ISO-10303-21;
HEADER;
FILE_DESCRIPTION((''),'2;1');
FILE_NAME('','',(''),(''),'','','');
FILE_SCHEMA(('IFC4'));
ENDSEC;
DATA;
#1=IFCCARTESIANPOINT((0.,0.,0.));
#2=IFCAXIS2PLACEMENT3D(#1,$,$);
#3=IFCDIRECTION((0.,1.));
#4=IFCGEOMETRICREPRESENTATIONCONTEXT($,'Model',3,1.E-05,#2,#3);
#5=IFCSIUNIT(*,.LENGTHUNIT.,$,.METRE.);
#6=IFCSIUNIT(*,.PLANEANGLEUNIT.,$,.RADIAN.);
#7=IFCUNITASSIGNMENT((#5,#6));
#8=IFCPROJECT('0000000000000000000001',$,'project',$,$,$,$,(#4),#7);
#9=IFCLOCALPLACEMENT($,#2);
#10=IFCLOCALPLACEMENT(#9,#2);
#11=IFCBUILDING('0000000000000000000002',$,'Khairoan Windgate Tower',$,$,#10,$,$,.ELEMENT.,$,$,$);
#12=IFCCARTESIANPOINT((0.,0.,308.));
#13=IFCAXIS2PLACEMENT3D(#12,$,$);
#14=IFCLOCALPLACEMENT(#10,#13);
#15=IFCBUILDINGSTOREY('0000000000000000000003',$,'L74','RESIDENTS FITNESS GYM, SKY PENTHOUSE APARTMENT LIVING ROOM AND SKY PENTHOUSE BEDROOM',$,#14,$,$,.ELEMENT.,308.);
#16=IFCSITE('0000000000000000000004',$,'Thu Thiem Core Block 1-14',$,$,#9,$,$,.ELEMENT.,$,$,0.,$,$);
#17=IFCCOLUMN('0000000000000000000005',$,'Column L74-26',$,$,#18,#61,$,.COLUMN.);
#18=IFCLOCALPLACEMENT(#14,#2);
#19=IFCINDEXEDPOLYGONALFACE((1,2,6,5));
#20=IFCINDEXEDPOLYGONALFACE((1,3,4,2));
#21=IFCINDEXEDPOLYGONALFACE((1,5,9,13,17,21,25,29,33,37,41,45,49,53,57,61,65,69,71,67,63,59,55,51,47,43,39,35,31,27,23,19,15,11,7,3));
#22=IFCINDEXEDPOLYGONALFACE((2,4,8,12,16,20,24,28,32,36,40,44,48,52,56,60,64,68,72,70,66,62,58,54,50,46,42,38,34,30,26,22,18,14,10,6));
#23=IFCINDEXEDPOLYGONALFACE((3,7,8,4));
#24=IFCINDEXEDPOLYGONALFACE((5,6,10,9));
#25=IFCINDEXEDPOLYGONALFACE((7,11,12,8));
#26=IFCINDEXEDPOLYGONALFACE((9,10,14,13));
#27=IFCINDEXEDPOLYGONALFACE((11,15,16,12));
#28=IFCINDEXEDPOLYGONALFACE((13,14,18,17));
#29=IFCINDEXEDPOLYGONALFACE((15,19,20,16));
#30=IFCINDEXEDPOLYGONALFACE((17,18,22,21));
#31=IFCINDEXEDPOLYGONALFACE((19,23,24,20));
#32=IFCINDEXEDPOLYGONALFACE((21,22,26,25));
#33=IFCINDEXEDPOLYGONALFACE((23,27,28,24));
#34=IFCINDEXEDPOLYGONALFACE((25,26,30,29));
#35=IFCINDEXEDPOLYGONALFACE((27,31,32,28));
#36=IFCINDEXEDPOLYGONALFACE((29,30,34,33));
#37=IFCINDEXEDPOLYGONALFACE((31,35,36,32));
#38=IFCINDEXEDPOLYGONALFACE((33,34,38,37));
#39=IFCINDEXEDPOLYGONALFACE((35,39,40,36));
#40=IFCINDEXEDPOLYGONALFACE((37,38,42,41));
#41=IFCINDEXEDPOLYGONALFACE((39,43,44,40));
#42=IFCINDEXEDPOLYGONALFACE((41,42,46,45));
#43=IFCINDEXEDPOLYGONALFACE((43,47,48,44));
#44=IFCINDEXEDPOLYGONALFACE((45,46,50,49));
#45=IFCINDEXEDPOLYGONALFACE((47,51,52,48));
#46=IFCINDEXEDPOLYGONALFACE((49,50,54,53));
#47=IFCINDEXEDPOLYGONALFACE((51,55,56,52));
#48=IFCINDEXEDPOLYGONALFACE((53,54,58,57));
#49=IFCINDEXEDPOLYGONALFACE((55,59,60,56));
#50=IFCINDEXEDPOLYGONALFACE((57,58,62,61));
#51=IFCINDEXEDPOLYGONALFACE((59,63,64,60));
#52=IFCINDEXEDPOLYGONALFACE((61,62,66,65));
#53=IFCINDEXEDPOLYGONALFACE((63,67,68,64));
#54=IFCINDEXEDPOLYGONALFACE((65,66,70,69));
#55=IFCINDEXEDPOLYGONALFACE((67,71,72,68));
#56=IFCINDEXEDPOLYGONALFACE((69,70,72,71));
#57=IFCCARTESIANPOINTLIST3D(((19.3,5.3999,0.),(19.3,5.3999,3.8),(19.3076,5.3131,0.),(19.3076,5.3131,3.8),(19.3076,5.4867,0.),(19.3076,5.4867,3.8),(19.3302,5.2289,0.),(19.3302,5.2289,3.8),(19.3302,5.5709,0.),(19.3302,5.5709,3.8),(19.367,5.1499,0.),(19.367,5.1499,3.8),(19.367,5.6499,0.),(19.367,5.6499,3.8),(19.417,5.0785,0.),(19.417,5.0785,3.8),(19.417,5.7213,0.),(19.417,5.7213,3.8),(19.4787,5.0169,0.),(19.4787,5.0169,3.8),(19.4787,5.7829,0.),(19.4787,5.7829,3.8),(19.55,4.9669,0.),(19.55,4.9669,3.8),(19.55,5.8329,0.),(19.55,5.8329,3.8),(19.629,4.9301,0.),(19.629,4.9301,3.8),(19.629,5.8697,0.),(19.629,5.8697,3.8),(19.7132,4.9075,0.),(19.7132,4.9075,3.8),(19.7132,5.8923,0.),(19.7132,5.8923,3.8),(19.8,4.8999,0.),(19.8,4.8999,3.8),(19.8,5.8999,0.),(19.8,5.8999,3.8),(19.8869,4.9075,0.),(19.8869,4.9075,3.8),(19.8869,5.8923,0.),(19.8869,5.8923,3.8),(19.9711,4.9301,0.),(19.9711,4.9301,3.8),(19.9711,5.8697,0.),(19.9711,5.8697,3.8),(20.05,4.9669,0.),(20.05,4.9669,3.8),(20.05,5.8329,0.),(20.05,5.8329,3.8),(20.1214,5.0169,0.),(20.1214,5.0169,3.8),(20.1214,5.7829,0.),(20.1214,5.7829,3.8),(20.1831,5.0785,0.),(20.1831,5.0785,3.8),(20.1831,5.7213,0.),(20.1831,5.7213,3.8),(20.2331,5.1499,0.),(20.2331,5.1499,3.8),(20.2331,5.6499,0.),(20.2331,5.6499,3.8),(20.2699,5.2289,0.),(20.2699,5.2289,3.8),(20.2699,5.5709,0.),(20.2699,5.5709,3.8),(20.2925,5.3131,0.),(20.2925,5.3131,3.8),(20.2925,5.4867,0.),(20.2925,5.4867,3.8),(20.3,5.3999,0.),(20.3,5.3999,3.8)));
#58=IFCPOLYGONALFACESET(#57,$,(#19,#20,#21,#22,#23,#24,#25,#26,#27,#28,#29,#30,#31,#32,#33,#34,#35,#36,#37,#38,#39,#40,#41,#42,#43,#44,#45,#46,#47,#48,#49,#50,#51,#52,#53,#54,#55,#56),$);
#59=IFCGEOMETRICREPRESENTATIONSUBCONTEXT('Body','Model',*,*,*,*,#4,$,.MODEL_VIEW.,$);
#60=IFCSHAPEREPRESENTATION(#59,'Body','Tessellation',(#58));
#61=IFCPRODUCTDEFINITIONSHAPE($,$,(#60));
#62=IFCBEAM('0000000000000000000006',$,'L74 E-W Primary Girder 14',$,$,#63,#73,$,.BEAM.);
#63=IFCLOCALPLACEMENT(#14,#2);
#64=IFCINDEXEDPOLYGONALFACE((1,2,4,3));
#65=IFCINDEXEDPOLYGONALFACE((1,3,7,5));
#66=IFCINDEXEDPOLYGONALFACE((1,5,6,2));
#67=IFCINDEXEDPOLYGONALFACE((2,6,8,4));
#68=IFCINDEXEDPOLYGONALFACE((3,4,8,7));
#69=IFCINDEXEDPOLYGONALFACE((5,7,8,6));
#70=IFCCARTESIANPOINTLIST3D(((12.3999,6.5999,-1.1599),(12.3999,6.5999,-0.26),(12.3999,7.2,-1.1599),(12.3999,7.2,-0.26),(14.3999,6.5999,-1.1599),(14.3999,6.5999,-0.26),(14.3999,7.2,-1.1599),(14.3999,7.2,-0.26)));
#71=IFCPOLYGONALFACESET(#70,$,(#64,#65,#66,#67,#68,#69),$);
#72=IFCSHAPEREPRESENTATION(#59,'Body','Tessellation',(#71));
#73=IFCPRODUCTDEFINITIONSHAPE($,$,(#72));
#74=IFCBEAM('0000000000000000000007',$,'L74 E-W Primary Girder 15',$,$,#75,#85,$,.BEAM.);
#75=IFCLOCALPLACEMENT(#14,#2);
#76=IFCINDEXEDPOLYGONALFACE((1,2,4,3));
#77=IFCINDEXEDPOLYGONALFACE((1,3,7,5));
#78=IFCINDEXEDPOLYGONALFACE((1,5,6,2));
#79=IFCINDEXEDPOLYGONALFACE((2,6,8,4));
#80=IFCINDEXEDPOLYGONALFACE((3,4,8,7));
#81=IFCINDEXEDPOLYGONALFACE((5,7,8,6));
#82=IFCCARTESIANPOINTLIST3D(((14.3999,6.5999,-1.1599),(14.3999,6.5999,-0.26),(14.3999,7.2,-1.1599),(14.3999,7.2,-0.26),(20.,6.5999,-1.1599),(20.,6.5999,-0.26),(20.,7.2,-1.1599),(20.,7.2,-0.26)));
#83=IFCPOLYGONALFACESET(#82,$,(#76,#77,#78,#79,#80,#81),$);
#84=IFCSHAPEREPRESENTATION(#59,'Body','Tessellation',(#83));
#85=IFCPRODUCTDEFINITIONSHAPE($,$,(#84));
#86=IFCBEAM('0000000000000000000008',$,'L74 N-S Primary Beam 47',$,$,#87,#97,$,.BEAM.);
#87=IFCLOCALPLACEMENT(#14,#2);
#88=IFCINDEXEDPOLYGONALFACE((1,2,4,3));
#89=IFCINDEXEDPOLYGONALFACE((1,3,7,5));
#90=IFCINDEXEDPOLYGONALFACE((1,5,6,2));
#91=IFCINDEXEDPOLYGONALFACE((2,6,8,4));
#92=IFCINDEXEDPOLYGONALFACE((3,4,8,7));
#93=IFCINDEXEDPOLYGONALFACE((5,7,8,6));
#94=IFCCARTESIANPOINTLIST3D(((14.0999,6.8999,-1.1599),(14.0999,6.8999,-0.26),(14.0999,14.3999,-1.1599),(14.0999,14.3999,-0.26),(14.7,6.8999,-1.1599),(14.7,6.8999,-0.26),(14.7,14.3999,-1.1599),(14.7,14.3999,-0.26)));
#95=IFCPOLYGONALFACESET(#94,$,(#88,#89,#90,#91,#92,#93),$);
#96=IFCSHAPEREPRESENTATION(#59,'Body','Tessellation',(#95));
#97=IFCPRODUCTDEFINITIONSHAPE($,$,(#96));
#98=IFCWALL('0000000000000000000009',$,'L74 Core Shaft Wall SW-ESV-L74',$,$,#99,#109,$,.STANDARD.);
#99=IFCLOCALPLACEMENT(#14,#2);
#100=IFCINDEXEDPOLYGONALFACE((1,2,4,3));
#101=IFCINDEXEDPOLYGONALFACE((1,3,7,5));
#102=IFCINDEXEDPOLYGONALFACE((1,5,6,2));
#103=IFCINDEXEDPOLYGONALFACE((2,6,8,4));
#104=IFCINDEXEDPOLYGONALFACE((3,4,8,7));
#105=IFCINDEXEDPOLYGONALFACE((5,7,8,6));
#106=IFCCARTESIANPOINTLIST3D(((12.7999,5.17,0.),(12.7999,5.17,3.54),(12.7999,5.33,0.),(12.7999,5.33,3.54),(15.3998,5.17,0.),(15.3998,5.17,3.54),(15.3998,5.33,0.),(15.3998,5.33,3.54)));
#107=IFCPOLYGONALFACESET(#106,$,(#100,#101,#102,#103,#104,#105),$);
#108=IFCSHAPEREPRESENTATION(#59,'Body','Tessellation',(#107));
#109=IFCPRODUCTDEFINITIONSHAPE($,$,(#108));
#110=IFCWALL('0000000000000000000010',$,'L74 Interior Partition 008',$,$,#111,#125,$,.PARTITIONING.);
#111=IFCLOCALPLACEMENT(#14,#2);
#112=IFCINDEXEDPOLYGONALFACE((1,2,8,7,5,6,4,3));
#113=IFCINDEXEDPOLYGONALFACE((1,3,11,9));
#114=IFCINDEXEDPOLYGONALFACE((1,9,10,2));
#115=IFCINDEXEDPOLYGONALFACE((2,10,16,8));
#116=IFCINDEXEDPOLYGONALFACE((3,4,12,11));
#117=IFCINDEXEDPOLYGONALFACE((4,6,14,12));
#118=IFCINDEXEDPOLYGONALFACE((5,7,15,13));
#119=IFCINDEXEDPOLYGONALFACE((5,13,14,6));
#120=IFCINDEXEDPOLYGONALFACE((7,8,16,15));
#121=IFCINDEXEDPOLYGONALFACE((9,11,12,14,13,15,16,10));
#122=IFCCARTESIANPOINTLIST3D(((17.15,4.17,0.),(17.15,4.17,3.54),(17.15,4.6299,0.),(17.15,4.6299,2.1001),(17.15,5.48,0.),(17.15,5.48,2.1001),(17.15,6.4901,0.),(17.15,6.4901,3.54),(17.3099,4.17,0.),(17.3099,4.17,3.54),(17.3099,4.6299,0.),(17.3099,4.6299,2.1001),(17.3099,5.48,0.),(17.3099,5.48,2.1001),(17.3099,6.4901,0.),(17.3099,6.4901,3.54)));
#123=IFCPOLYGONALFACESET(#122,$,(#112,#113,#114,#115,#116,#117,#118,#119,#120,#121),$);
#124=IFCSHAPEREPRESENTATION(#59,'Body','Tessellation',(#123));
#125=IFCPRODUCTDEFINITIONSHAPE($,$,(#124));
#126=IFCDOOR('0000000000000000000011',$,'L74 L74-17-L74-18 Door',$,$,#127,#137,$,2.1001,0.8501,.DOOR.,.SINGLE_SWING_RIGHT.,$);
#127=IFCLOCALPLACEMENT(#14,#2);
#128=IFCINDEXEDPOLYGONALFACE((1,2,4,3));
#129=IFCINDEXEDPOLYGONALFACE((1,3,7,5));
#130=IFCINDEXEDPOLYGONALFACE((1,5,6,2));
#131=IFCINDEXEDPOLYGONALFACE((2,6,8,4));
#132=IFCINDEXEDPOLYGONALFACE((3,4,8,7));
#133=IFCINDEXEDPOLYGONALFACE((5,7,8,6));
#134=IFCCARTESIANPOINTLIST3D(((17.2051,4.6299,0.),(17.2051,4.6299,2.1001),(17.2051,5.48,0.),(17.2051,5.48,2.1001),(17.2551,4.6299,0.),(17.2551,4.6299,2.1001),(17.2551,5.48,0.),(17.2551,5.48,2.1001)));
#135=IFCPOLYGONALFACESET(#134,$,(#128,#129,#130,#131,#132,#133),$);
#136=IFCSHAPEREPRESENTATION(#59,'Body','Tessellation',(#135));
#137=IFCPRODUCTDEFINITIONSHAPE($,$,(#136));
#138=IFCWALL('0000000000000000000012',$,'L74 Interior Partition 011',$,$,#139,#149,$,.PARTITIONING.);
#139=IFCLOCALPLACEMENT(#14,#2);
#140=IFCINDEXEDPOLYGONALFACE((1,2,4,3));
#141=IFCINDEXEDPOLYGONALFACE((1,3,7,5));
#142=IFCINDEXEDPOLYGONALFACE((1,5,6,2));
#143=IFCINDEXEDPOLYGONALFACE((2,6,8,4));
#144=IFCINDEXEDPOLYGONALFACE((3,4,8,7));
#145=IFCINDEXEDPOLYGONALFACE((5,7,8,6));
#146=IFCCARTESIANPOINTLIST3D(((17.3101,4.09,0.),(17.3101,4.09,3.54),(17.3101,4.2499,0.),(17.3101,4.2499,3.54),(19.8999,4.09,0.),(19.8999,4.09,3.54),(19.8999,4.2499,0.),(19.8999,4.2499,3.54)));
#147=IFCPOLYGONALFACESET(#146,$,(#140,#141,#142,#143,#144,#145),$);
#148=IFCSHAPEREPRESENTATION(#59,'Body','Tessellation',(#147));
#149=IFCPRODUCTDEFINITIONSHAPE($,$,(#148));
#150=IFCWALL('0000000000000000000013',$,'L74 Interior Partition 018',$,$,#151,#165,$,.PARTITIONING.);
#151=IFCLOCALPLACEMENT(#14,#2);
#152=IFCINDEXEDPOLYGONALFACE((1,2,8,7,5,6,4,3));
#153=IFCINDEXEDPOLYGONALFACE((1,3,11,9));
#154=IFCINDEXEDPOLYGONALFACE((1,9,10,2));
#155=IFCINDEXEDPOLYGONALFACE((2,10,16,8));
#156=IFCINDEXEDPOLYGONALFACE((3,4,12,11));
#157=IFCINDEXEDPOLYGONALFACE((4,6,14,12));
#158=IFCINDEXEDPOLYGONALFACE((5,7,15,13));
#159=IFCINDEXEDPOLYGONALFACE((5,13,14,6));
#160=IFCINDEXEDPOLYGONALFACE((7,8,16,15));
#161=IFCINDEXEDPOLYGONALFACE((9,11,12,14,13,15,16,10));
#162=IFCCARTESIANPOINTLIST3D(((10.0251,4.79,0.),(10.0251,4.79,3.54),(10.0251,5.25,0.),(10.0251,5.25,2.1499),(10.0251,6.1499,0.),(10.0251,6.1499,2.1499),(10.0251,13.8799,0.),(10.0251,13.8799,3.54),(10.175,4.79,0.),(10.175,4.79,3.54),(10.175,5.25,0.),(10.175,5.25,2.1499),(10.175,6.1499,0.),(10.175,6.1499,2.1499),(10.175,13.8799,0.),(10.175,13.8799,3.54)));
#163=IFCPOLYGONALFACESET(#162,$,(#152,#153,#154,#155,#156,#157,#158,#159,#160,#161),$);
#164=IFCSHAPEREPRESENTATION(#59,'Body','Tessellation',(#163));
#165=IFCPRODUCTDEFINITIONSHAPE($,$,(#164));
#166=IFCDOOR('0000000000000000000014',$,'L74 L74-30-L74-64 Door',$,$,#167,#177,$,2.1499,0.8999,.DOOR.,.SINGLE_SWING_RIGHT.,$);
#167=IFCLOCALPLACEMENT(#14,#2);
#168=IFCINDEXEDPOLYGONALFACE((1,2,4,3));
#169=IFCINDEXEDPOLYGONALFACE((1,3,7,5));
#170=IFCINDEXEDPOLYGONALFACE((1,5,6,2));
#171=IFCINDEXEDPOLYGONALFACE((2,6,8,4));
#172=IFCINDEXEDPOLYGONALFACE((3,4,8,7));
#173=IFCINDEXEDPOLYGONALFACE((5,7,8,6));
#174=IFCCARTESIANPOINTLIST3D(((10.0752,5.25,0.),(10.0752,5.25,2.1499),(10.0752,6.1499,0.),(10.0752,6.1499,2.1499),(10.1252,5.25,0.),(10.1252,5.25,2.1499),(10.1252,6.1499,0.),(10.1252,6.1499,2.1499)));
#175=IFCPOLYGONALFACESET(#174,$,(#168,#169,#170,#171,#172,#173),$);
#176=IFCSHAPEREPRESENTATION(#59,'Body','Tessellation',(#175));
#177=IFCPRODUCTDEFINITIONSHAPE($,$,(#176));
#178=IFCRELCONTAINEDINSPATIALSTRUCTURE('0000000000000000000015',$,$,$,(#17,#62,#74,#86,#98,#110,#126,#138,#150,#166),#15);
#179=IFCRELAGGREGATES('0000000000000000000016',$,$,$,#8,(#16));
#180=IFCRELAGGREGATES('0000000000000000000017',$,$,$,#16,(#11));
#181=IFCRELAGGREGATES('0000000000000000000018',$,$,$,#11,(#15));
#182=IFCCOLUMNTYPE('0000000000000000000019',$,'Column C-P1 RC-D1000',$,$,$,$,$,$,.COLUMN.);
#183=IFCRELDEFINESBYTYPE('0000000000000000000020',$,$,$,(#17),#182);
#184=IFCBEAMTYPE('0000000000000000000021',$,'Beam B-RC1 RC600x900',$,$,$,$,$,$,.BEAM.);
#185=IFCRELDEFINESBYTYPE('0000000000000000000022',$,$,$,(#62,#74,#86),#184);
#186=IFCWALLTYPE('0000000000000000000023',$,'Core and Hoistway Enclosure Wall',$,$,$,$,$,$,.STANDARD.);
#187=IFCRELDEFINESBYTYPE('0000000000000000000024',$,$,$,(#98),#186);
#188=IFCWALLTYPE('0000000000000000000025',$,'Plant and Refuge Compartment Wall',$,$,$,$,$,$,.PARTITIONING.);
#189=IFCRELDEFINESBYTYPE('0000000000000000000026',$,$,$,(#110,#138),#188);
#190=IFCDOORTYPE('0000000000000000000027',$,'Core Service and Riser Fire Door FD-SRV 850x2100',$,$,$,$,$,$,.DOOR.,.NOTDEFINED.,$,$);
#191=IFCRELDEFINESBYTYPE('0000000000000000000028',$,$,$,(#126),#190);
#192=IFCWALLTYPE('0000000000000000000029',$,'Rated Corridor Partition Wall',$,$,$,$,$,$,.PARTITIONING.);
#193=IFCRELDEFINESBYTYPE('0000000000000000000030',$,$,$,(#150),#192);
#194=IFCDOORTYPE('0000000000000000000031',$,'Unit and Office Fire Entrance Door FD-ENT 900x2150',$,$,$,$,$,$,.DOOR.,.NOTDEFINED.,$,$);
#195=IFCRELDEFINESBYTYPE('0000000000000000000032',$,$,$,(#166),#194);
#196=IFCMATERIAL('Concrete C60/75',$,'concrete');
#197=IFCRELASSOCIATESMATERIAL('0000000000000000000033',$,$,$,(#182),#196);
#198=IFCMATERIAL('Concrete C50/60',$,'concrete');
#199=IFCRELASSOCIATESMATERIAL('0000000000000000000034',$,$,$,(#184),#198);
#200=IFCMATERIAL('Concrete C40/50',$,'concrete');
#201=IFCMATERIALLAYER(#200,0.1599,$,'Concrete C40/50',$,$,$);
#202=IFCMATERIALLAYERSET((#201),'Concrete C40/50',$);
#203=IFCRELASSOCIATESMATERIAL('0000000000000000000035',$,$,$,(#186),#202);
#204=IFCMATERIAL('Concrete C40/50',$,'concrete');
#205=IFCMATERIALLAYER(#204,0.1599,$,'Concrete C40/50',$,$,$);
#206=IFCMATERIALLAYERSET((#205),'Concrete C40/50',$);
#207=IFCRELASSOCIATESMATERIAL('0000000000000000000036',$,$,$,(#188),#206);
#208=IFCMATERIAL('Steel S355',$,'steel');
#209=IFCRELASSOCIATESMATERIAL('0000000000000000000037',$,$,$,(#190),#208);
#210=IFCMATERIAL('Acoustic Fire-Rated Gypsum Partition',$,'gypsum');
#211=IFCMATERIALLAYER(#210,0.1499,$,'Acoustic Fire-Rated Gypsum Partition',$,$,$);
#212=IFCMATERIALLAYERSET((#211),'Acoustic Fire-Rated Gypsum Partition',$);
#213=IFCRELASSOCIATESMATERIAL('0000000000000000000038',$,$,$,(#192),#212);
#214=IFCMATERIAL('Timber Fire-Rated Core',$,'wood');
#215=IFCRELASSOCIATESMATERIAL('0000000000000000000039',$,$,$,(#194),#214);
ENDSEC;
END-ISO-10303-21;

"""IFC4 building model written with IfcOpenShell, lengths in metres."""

from ifc_helpers import new_model, si_unit, direction, frame, frame_2d, origin, origin_2d, place, context, subcontext, project, spatial, rectangle, circle, extrude, material, layer, layer_set, material_profile, profile_set, type_object, element, fill, save


model = new_model("IFC4")

# Units and contexts
model_context = context("Model", 3, precision=1e-05, world=origin(), true_north=direction((0.0, 1.0)))
body_context = subcontext(model_context, "Body", "Model", "MODEL_VIEW")
ifc_project = project(units=[si_unit("LENGTHUNIT", "METRE"), si_unit("PLANEANGLEUNIT", "RADIAN")], contexts=[model_context])

# Site, building, storey
site_placement = place(None, origin())
site = spatial("IfcSite", under=ifc_project, at=site_placement, Name="Thu Thiem Core Block 1-14", CompositionType="ELEMENT", RefElevation=0.0)
building_placement = place(site_placement, origin())
building = spatial("IfcBuilding", under=site, at=building_placement, Name="Khairoan Windgate Tower", CompositionType="ELEMENT")
storey_placement = place(building_placement, frame((0.0, 0.0, 308.0)))
storey = spatial("IfcBuildingStorey", under=building, at=storey_placement, Name="L74", Description="RESIDENTS FITNESS GYM, SKY PENTHOUSE APARTMENT LIVING ROOM AND SKY PENTHOUSE BEDROOM", CompositionType="ELEMENT", Elevation=308.0)

# Column
ifc_material_1 = material(Name="Concrete C60/75", Category="concrete")
ifc_material_profile_1 = material_profile(ifc_material_1, circle(Radius=0.5, at=origin_2d()))
ifc_profile_set_1 = profile_set([ifc_material_profile_1], Name="Concrete C60/75")
column_type = type_object("IfcColumnType", Name="Column C-P1 RC-D1000", PredefinedType="COLUMN", material=ifc_profile_set_1)
column_placement = place(storey_placement, frame((19.8, 5.3999, 0.0), z_axis=(0.0, 0.0, 1.0), x_axis=(1.0, 0.0, 0.0)))
element("IfcColumn", 1, at=column_placement, inside=storey, type_object=column_type, Name="Column L74-26", PredefinedType="COLUMN", context=body_context, shape_type="SweptSolid", body=[
    extrude(circle(Radius=0.5, at=origin_2d()), origin(), (0.0, 0.0, 1.0), 3.8),
])

# Beams
ifc_material_2 = material(Name="Concrete C50/60", Category="concrete")
ifc_material_profile_2 = material_profile(ifc_material_2, rectangle(XDim=0.6001, YDim=0.8999, at=origin_2d()))
ifc_profile_set_2 = profile_set([ifc_material_profile_2], Name="Concrete C50/60")
beam_type = type_object("IfcBeamType", Name="Beam B-RC1 RC600x900", PredefinedType="BEAM", material=ifc_profile_set_2)
beam_1_placement = place(storey_placement, frame((12.3999, 6.8999, -0.71), z_axis=(1.0, 0.0, 0.0), x_axis=(0.0, 1.0, 0.0)))
element("IfcBeam", 2, at=beam_1_placement, inside=storey, type_object=beam_type, Name="L74 E-W Primary Girder 14", PredefinedType="BEAM", context=body_context, shape_type="SweptSolid", body=[
    extrude(rectangle(XDim=0.6001, YDim=0.8999, at=origin_2d()), origin(), (0.0, 0.0, 1.0), 2.0),
])
beam_2_placement = place(storey_placement, frame((14.3999, 6.8999, -0.71), z_axis=(1.0, 0.0, 0.0), x_axis=(0.0, 1.0, 0.0)))
element("IfcBeam", 3, at=beam_2_placement, inside=storey, type_object=beam_type, Name="L74 E-W Primary Girder 15", PredefinedType="BEAM", context=body_context, shape_type="SweptSolid", body=[
    extrude(rectangle(XDim=0.6001, YDim=0.8999, at=origin_2d()), origin(), (0.0, 0.0, 1.0), 5.6001),
])
beam_3_placement = place(storey_placement, frame((14.3999, 6.8999, -0.71), z_axis=(0.0, 1.0, 0.0), x_axis=(-1.0, 0.0, 0.0)))
element("IfcBeam", 4, at=beam_3_placement, inside=storey, type_object=beam_type, Name="L74 N-S Primary Beam 47", PredefinedType="BEAM", context=body_context, shape_type="SweptSolid", body=[
    extrude(rectangle(XDim=0.6001, YDim=0.8999, at=origin_2d()), origin(), (0.0, 0.0, 1.0), 7.5),
])

# Wall
ifc_material_3 = material(Name="Concrete C40/50", Category="concrete")
ifc_layer_1 = layer(ifc_material_3, 0.1599, Name="Concrete C40/50")
ifc_layer_set_1 = layer_set([ifc_layer_1], Name="Concrete C40/50")
wall_type_1 = type_object("IfcWallType", Name="Core and Hoistway Enclosure Wall", PredefinedType="STANDARD", material=ifc_layer_set_1)
wall_1_placement = place(storey_placement, frame((12.8, 5.25, 0.0), z_axis=(0.0, 0.0, 1.0), x_axis=(1.0, 0.0, 0.0)))
element("IfcWall", 5, at=wall_1_placement, inside=storey, type_object=wall_type_1, Name="L74 Core Shaft Wall SW-ESV-L74", PredefinedType="STANDARD", context=body_context, shape_type="SweptSolid", body=[
    extrude(rectangle(XDim=2.5999, YDim=0.1599, at=frame_2d((1.2998, 0.0))), origin(), (0.0, 0.0, 1.0), 3.54),
])

# Wall, opening, door
ifc_material_4 = material(Name="Concrete C40/50", Category="concrete")
ifc_layer_2 = layer(ifc_material_4, 0.1599, Name="Concrete C40/50")
ifc_layer_set_2 = layer_set([ifc_layer_2], Name="Concrete C40/50")
wall_type_2 = type_object("IfcWallType", Name="Plant and Refuge Compartment Wall", PredefinedType="PARTITIONING", material=ifc_layer_set_2)
wall_2_placement = place(storey_placement, frame((17.23, 4.1699, 0.0), z_axis=(0.0, 0.0, 1.0), x_axis=(0.0, 1.0, 0.0)))
wall_2 = element("IfcWall", 6, at=wall_2_placement, inside=storey, type_object=wall_type_2, Name="L74 Interior Partition 008", PredefinedType="PARTITIONING", context=body_context, shape_type="SweptSolid", body=[
    extrude(rectangle(XDim=2.3201, YDim=0.1599, at=frame_2d((1.1602, 0.0))), origin(), (0.0, 0.0, 1.0), 3.54),
])
opening_1_placement = place(wall_2_placement, frame((0.46, 0.0, 0.0)))
opening_1 = element("IfcOpeningElement", 7, at=opening_1_placement, cuts=wall_2, PredefinedType="OPENING", context=body_context, shape_type="SweptSolid", body=[
    extrude(rectangle(XDim=0.8501, YDim=2.1001, at=frame_2d((0.425, 1.05))), frame((0.0, 0.0898, 0.0), z_axis=(0.0, -1.0, 0.0), x_axis=(1.0, 0.0, 0.0)), (0.0, 0.0, 1.0), 0.1799),
])
ifc_material_5 = material(Name="Steel S355", Category="steel")
door_type_1 = type_object("IfcDoorType", Name="Core Service and Riser Fire Door FD-SRV 850x2100", OperationType="NOTDEFINED", PredefinedType="DOOR", material=ifc_material_5)
door_1_placement = place(opening_1_placement, origin())
door_1 = element("IfcDoor", 8, at=door_1_placement, inside=storey, type_object=door_type_1, Name="L74 L74-17-L74-18 Door", OperationType="SINGLE_SWING_RIGHT", OverallHeight=2.1001, OverallWidth=0.8501, PredefinedType="DOOR", context=body_context, shape_type="SweptSolid", body=[
    extrude(rectangle(XDim=0.8501, YDim=2.1001, at=frame_2d((0.425, 1.05))), frame((0.0, 0.0249, 0.0), z_axis=(0.0, -1.0, 0.0), x_axis=(1.0, 0.0, 0.0)), (0.0, 0.0, 1.0), 0.05),
])
fill(opening_1, door_1)

# Wall
wall_3_placement = place(storey_placement, frame((17.3101, 4.1699, 0.0), z_axis=(0.0, 0.0, 1.0), x_axis=(1.0, 0.0, 0.0)))
element("IfcWall", 9, at=wall_3_placement, inside=storey, type_object=wall_type_2, Name="L74 Interior Partition 011", PredefinedType="PARTITIONING", context=body_context, shape_type="SweptSolid", body=[
    extrude(rectangle(XDim=2.5898, YDim=0.1599, at=frame_2d((1.2949, 0.0))), origin(), (0.0, 0.0, 1.0), 3.54),
])

# Wall, opening, door
ifc_material_6 = material(Name="Acoustic Fire-Rated Gypsum Partition", Category="gypsum")
ifc_layer_3 = layer(ifc_material_6, 0.1499, Name="Acoustic Fire-Rated Gypsum Partition")
ifc_layer_set_3 = layer_set([ifc_layer_3], Name="Acoustic Fire-Rated Gypsum Partition")
wall_type_3 = type_object("IfcWallType", Name="Rated Corridor Partition Wall", PredefinedType="PARTITIONING", material=ifc_layer_set_3)
wall_4_placement = place(storey_placement, frame((10.1001, 4.79, 0.0), z_axis=(0.0, 0.0, 1.0), x_axis=(0.0, 1.0, 0.0)))
wall_4 = element("IfcWall", 10, at=wall_4_placement, inside=storey, type_object=wall_type_3, Name="L74 Interior Partition 018", PredefinedType="PARTITIONING", context=body_context, shape_type="SweptSolid", body=[
    extrude(rectangle(XDim=9.0898, YDim=0.1499, at=frame_2d((4.5449, 0.0))), origin(), (0.0, 0.0, 1.0), 3.54),
])
opening_2_placement = place(wall_4_placement, frame((0.46, 0.0, 0.0)))
opening_2 = element("IfcOpeningElement", 11, at=opening_2_placement, cuts=wall_4, PredefinedType="OPENING", context=body_context, shape_type="SweptSolid", body=[
    extrude(rectangle(XDim=0.8999, YDim=2.1499, at=frame_2d((0.45, 1.075))), frame((0.0, 0.085, 0.0), z_axis=(0.0, -1.0, 0.0), x_axis=(1.0, 0.0, 0.0)), (0.0, 0.0, 1.0), 0.1699),
])
ifc_material_7 = material(Name="Timber Fire-Rated Core", Category="wood")
door_type_2 = type_object("IfcDoorType", Name="Unit and Office Fire Entrance Door FD-ENT 900x2150", OperationType="NOTDEFINED", PredefinedType="DOOR", material=ifc_material_7)
door_2_placement = place(opening_2_placement, origin())
door_2 = element("IfcDoor", 12, at=door_2_placement, inside=storey, type_object=door_type_2, Name="L74 L74-30-L74-64 Door", OperationType="SINGLE_SWING_RIGHT", OverallHeight=2.1499, OverallWidth=0.8999, PredefinedType="DOOR", context=body_context, shape_type="SweptSolid", body=[
    extrude(rectangle(XDim=0.8999, YDim=2.1499, at=frame_2d((0.45, 1.075))), frame((0.0, 0.0249, 0.0), z_axis=(0.0, -1.0, 0.0), x_axis=(1.0, 0.0, 0.0)), (0.0, 0.0, 1.0), 0.05),
])
fill(opening_2, door_2)

save(model, "model.ifc")
